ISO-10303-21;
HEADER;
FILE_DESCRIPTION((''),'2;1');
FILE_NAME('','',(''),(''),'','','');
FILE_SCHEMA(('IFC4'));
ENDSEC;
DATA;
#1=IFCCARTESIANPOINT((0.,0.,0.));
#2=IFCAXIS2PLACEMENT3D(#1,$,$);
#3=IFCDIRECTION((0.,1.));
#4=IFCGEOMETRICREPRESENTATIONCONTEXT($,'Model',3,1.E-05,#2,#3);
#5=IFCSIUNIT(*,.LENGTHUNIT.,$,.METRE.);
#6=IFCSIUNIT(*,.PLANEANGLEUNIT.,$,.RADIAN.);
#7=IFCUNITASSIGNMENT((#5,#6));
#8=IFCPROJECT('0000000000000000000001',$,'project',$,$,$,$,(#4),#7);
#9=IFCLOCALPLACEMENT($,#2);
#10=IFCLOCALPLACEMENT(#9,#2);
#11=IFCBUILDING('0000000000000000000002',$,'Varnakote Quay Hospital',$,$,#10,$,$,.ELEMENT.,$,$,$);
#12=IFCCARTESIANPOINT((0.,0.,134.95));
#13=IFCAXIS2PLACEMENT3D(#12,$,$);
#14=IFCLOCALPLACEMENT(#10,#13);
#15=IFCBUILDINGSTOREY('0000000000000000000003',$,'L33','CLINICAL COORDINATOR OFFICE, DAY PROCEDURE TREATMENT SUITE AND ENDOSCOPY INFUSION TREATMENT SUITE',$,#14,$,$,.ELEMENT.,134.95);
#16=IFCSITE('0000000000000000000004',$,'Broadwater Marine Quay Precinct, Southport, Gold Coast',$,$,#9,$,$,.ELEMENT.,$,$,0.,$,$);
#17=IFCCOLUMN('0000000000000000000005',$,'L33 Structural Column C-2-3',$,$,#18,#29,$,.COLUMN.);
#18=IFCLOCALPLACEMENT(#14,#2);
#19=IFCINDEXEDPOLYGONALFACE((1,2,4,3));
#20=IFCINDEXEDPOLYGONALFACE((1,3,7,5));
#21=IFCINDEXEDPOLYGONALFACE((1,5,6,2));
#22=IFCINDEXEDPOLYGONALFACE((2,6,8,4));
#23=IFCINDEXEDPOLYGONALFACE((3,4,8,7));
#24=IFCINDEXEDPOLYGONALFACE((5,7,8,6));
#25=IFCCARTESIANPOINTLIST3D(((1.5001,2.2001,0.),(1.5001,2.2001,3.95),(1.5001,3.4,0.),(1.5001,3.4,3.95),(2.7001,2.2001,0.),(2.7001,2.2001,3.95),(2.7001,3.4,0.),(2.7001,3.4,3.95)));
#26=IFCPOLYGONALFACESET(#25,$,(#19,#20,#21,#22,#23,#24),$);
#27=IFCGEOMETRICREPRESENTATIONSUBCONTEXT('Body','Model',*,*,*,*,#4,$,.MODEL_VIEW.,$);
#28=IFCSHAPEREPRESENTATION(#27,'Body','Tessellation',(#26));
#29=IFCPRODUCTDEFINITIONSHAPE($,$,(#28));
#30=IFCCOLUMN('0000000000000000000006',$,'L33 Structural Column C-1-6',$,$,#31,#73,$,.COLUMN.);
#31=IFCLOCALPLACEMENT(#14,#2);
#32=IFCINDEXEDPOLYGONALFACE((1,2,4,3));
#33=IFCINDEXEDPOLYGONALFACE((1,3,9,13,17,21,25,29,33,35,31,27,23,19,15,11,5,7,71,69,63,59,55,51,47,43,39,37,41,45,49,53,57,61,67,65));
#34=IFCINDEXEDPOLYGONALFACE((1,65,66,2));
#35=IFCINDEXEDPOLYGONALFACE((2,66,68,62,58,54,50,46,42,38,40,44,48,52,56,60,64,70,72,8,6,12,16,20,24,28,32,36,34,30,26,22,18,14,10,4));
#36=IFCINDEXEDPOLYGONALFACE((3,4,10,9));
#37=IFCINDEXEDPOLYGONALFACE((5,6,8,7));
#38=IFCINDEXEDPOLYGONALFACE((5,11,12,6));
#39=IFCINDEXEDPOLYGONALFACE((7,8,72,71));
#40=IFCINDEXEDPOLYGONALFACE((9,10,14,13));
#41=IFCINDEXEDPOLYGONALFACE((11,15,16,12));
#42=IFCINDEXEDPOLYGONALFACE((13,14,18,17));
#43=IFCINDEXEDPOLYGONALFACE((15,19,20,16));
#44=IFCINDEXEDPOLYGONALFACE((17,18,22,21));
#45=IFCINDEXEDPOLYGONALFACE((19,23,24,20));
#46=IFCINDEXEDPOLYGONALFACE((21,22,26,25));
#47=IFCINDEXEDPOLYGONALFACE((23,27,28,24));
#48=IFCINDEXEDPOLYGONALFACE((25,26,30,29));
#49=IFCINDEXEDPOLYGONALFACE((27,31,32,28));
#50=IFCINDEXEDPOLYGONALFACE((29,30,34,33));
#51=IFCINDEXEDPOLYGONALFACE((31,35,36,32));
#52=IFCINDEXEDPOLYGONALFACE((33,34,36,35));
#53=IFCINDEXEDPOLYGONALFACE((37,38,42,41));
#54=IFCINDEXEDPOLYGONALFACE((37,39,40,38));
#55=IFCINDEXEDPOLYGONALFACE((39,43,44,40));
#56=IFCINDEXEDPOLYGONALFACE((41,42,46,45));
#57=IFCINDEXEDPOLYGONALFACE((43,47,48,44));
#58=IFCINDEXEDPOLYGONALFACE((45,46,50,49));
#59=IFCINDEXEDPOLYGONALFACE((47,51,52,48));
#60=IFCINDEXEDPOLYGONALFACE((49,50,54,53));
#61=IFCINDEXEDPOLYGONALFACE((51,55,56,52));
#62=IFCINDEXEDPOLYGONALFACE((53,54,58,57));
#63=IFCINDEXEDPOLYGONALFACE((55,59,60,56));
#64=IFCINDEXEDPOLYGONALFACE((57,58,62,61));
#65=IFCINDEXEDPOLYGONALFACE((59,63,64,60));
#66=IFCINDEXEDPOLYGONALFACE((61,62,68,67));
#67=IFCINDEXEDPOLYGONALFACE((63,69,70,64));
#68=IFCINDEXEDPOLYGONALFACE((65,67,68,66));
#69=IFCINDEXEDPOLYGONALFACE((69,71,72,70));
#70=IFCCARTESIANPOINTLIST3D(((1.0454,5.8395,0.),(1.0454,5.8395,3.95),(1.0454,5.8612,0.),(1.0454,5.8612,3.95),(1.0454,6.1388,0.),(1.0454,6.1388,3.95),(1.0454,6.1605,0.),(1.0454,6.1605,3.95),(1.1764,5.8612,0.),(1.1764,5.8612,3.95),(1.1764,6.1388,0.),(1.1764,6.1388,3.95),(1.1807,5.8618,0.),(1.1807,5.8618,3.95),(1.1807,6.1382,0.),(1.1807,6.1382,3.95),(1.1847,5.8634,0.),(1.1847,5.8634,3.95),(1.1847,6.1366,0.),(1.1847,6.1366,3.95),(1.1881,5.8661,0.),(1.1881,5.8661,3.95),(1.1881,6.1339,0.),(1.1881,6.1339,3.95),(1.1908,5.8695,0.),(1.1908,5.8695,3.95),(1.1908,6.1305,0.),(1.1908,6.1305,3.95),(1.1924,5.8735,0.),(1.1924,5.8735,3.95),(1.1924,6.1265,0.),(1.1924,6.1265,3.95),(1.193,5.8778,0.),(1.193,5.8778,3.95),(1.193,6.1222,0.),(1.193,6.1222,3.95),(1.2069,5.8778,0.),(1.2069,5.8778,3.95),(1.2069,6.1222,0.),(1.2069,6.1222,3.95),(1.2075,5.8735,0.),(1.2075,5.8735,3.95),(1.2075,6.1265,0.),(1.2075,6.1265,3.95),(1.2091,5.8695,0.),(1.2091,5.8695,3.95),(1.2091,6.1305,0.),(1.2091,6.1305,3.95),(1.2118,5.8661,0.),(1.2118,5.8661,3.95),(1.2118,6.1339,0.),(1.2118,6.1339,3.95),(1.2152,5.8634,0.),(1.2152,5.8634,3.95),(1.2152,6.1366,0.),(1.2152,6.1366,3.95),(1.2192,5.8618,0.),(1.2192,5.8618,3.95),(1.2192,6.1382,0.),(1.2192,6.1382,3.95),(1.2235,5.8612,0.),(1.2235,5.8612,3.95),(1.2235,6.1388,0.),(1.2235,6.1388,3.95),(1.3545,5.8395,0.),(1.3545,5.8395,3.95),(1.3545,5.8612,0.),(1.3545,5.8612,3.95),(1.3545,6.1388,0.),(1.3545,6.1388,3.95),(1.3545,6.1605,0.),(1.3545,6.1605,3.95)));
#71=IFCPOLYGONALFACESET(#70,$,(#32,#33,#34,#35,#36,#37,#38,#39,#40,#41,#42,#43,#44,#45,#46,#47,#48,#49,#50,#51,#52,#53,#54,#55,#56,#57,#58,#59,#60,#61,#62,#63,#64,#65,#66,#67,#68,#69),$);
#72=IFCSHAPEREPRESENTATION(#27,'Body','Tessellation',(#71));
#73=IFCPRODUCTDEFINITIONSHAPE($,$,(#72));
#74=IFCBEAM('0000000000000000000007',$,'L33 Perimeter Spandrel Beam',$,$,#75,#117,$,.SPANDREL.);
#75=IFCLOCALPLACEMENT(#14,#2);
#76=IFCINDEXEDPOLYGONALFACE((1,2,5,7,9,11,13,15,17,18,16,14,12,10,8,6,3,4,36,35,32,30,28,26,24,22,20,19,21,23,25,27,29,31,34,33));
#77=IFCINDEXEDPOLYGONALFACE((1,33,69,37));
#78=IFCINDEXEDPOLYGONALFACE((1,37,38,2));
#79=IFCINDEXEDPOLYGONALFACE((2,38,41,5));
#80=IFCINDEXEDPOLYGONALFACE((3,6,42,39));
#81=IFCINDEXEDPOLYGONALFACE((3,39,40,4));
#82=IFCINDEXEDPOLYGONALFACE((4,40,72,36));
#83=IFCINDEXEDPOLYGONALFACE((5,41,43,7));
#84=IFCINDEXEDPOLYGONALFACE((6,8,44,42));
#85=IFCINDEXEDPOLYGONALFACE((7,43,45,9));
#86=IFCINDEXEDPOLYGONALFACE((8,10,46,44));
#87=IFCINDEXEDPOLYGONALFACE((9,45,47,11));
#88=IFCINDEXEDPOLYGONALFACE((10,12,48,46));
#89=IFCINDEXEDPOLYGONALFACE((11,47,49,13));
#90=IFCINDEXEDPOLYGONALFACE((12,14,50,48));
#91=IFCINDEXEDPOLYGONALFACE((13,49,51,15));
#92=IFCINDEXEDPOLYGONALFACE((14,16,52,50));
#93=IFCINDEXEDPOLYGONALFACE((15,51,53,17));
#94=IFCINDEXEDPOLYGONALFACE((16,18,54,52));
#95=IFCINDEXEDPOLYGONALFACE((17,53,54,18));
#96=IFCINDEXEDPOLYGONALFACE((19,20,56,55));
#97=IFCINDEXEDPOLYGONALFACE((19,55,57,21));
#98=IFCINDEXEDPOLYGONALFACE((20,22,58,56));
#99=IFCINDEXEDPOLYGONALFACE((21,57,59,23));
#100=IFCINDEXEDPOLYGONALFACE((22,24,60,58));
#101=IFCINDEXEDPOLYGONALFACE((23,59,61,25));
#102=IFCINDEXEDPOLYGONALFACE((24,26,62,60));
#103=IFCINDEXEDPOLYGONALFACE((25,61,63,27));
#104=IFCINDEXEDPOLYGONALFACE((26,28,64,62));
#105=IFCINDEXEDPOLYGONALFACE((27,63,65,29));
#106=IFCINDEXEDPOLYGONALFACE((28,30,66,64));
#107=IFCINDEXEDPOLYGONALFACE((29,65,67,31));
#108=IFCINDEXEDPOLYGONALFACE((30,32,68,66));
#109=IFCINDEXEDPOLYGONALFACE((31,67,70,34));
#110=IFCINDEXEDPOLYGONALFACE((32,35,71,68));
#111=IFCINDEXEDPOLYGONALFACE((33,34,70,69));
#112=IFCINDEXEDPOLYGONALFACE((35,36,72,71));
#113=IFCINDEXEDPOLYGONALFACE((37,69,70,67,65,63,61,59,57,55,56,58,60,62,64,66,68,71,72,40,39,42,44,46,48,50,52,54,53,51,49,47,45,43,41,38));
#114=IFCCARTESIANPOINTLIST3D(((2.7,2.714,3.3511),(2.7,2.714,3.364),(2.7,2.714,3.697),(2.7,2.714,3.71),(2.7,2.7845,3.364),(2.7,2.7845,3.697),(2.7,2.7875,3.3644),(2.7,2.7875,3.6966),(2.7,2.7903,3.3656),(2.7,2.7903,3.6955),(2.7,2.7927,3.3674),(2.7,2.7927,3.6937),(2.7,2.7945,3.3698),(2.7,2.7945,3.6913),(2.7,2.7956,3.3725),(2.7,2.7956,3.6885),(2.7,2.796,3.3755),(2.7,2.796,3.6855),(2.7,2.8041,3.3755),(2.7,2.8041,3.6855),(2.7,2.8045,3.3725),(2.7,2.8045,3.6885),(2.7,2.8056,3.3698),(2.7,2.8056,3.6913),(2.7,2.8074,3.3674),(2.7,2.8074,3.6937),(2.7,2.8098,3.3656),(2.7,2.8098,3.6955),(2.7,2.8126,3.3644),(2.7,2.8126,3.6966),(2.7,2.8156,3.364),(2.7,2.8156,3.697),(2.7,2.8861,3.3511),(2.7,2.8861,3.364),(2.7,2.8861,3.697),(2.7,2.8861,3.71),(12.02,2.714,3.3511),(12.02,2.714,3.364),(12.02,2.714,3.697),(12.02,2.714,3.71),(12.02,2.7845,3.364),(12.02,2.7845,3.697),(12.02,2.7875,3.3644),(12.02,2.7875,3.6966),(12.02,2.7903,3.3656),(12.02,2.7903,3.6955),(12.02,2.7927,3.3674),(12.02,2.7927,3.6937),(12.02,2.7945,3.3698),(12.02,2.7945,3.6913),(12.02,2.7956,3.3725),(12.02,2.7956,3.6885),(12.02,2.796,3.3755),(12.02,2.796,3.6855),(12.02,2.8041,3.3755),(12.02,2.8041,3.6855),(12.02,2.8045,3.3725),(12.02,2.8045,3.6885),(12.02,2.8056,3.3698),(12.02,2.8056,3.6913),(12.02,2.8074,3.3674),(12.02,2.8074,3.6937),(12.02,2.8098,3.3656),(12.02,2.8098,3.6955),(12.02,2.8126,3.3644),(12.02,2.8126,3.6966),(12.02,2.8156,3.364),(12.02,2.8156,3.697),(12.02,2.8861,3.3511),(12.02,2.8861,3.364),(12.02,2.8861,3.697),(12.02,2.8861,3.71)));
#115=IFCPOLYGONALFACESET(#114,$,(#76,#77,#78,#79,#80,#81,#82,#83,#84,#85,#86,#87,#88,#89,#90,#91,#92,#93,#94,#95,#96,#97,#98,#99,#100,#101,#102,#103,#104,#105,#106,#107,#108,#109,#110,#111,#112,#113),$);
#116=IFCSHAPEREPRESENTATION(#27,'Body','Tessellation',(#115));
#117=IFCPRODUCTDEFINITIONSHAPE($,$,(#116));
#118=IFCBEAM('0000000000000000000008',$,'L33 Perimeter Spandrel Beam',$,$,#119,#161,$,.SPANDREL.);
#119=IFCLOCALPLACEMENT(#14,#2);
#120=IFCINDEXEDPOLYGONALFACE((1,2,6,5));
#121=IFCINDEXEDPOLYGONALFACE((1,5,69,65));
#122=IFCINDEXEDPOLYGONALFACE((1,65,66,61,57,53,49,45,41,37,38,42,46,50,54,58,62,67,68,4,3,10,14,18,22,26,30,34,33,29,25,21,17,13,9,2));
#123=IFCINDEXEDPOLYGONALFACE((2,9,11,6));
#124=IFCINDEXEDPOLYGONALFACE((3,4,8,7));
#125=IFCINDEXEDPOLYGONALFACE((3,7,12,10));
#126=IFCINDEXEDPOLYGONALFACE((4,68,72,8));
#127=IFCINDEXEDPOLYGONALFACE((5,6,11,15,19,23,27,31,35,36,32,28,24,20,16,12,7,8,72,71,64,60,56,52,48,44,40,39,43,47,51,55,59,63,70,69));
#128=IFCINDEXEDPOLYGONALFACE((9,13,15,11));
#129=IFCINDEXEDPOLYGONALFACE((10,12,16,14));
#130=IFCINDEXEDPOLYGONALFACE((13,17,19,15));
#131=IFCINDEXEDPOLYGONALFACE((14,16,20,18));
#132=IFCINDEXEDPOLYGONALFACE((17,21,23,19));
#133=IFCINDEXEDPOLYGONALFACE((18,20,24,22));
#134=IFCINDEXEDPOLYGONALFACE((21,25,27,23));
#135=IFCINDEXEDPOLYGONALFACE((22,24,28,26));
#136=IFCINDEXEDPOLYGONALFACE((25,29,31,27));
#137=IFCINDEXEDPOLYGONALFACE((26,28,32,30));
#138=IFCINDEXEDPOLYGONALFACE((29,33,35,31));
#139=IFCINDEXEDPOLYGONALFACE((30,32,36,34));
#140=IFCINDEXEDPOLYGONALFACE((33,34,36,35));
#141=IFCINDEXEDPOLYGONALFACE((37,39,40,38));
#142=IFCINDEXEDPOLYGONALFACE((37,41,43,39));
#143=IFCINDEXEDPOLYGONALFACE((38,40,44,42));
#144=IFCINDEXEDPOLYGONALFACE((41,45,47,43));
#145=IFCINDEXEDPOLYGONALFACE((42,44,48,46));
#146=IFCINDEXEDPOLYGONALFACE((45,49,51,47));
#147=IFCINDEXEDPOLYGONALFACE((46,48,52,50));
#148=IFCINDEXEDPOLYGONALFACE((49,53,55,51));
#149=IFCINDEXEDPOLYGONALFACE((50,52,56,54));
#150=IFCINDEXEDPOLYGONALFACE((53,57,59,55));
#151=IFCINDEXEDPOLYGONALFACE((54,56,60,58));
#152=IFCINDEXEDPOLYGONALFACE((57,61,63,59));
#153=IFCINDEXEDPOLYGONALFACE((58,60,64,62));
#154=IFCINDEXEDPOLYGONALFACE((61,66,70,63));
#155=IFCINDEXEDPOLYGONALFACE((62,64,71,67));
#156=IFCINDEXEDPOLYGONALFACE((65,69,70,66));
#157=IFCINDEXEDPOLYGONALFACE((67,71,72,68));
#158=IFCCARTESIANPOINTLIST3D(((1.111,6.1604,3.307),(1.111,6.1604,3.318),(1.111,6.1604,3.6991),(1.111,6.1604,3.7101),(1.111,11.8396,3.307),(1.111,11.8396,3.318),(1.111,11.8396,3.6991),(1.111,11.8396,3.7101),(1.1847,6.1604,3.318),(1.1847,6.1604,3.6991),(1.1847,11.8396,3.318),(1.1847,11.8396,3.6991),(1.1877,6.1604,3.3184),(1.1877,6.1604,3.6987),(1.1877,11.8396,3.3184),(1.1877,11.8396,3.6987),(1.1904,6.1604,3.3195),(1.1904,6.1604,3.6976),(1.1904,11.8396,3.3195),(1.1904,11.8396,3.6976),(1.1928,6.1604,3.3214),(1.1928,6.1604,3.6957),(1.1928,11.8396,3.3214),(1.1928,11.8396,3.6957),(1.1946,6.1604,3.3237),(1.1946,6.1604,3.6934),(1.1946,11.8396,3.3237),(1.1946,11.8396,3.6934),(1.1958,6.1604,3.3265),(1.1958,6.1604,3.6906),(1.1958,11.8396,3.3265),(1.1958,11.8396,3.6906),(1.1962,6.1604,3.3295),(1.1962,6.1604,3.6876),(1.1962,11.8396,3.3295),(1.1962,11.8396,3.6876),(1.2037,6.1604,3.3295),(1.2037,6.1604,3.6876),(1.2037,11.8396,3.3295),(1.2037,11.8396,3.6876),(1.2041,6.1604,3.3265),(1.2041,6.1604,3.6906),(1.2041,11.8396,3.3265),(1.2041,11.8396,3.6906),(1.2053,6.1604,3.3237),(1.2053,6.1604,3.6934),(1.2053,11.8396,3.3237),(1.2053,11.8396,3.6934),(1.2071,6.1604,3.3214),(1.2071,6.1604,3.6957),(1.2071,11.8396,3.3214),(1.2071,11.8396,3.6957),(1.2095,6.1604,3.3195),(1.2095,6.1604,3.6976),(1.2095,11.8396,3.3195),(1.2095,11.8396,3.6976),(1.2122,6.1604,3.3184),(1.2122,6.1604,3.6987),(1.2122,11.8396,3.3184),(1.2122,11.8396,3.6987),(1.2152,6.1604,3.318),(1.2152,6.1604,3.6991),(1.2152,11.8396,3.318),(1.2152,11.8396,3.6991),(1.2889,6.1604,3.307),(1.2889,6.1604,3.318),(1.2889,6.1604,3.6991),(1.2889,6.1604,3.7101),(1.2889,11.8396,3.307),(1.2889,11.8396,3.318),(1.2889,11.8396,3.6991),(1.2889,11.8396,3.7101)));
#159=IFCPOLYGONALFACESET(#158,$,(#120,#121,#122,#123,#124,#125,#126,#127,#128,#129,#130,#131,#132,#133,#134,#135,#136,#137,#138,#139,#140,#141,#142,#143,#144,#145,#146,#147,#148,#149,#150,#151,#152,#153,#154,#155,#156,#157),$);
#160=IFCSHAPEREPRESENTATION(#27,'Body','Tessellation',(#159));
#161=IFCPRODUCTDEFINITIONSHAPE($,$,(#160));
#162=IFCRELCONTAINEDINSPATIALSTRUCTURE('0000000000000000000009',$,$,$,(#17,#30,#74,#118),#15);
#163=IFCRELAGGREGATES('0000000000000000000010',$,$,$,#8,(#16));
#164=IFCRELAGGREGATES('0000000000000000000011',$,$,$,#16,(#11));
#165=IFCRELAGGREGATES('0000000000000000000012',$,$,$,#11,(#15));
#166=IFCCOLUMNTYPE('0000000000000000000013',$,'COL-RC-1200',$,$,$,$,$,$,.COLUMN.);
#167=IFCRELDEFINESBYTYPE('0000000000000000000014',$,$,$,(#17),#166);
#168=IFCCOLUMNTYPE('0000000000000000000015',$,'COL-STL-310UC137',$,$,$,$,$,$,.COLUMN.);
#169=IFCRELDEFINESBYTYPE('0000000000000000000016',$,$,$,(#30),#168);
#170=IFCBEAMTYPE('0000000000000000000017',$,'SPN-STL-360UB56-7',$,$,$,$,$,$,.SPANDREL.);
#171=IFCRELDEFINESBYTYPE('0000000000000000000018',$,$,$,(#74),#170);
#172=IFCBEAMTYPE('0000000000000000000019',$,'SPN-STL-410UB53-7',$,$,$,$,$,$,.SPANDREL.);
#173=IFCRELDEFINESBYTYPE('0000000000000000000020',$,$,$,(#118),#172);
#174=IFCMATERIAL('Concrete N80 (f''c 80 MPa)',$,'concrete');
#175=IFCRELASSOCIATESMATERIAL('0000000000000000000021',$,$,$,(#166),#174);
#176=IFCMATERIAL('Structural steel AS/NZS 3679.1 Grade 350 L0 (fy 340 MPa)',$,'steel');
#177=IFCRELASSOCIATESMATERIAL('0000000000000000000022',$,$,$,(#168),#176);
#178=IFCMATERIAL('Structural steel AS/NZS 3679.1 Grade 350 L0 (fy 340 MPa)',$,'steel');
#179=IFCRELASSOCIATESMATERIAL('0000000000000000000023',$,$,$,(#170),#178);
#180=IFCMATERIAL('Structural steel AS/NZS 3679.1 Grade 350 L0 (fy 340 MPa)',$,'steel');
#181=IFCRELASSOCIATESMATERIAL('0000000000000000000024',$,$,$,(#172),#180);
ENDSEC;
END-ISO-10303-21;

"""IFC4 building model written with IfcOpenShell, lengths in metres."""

from ifc_helpers import new_model, si_unit, direction, frame, origin, origin_2d, place, context, subcontext, project, spatial, rectangle, i_section, extrude, material, material_profile, profile_set, type_object, element, save


model = new_model("IFC4")

# Units and contexts
model_context = context("Model", 3, precision=1e-05, world=origin(), true_north=direction((0.0, 1.0)))
body_context = subcontext(model_context, "Body", "Model", "MODEL_VIEW")
ifc_project = project(units=[si_unit("LENGTHUNIT", "METRE"), si_unit("PLANEANGLEUNIT", "RADIAN")], contexts=[model_context])

# Site, building, storey
site_placement = place(None, origin())
site = spatial("IfcSite", under=ifc_project, at=site_placement, Name="Broadwater Marine Quay Precinct, Southport, Gold Coast", CompositionType="ELEMENT", RefElevation=0.0)
building_placement = place(site_placement, origin())
building = spatial("IfcBuilding", under=site, at=building_placement, Name="Varnakote Quay Hospital", CompositionType="ELEMENT")
storey_placement = place(building_placement, frame((0.0, 0.0, 134.95)))
storey = spatial("IfcBuildingStorey", under=building, at=storey_placement, Name="L33", Description="CLINICAL COORDINATOR OFFICE, DAY PROCEDURE TREATMENT SUITE AND ENDOSCOPY INFUSION TREATMENT SUITE", CompositionType="ELEMENT", Elevation=134.95)

# Columns
ifc_material_1 = material(Name="Concrete N80 (f'c 80 MPa)", Category="concrete")
ifc_material_profile_1 = material_profile(ifc_material_1, rectangle(XDim=1.2, YDim=1.2, at=origin_2d()), Name="RC-COL-1200x1200")
ifc_profile_set_1 = profile_set([ifc_material_profile_1], Name="Concrete N80 (f'c 80 MPa)")
column_type_1 = type_object("IfcColumnType", Name="COL-RC-1200", PredefinedType="COLUMN", material=ifc_profile_set_1)
column_1_placement = place(storey_placement, frame((2.1001, 2.8, 0.0), z_axis=(0.0, 0.0, 1.0), x_axis=(1.0, 0.0, 0.0)))
element("IfcColumn", 1, at=column_1_placement, inside=storey, type_object=column_type_1, Name="L33 Structural Column C-2-3", PredefinedType="COLUMN", context=body_context, shape_type="SweptSolid", body=[
    extrude(rectangle(XDim=1.2, YDim=1.2, at=origin_2d()), origin(), (0.0, 0.0, 1.0), 3.95),
])
ifc_material_2 = material(Name="Structural steel AS/NZS 3679.1 Grade 350 L0 (fy 340 MPa)", Category="steel")
ifc_material_profile_2 = material_profile(ifc_material_2, i_section(OverallWidth=0.3091, OverallDepth=0.321, WebThickness=0.0139, FlangeThickness=0.0217, FilletRadius=0.0166, at=origin_2d()), Name="310UC137")
ifc_profile_set_2 = profile_set([ifc_material_profile_2], Name="Structural steel AS/NZS 3679.1 Grade 350 L0 (fy 340 MPa)")
column_type_2 = type_object("IfcColumnType", Name="COL-STL-310UC137", PredefinedType="COLUMN", material=ifc_profile_set_2)
column_2_placement = place(storey_placement, frame((1.2, 6.0, 0.0), z_axis=(0.0, 0.0, 1.0), x_axis=(1.0, 0.0, 0.0)))
element("IfcColumn", 2, at=column_2_placement, inside=storey, type_object=column_type_2, Name="L33 Structural Column C-1-6", PredefinedType="COLUMN", context=body_context, shape_type="SweptSolid", body=[
    extrude(i_section(OverallWidth=0.3091, OverallDepth=0.321, WebThickness=0.0139, FlangeThickness=0.0217, FilletRadius=0.0166, at=origin_2d()), origin(), (0.0, 0.0, 1.0), 3.95),
])

# Beams
ifc_material_3 = material(Name="Structural steel AS/NZS 3679.1 Grade 350 L0 (fy 340 MPa)", Category="steel")
ifc_material_profile_3 = material_profile(ifc_material_3, i_section(OverallWidth=0.1721, OverallDepth=0.3589, WebThickness=0.0081, FlangeThickness=0.0129, FilletRadius=0.0115, at=origin_2d()), Name="360UB56.7")
ifc_profile_set_3 = profile_set([ifc_material_profile_3], Name="Structural steel AS/NZS 3679.1 Grade 350 L0 (fy 340 MPa)")
beam_type_1 = type_object("IfcBeamType", Name="SPN-STL-360UB56-7", PredefinedType="SPANDREL", material=ifc_profile_set_3)
beam_1_placement = place(storey_placement, frame((2.7, 2.8, 3.5305), z_axis=(1.0, 0.0, 0.0), x_axis=(0.0, 1.0, 0.0)))
element("IfcBeam", 3, at=beam_1_placement, inside=storey, type_object=beam_type_1, Name="L33 Perimeter Spandrel Beam", PredefinedType="SPANDREL", context=body_context, shape_type="SweptSolid", body=[
    extrude(i_section(OverallWidth=0.1721, OverallDepth=0.3589, WebThickness=0.0081, FlangeThickness=0.0129, FilletRadius=0.0115, at=origin_2d()), origin(), (0.0, 0.0, 1.0), 9.3201),
])
ifc_material_4 = material(Name="Structural steel AS/NZS 3679.1 Grade 350 L0 (fy 340 MPa)", Category="steel")
ifc_material_profile_4 = material_profile(ifc_material_4, i_section(OverallWidth=0.178, OverallDepth=0.4031, WebThickness=0.0076, FlangeThickness=0.011, FilletRadius=0.0115, at=origin_2d()), Name="410UB53.7")
ifc_profile_set_4 = profile_set([ifc_material_profile_4], Name="Structural steel AS/NZS 3679.1 Grade 350 L0 (fy 340 MPa)")
beam_type_2 = type_object("IfcBeamType", Name="SPN-STL-410UB53-7", PredefinedType="SPANDREL", material=ifc_profile_set_4)
beam_2_placement = place(storey_placement, frame((1.2, 6.1604, 3.5085), z_axis=(0.0, 1.0, 0.0), x_axis=(-1.0, 0.0, 0.0)))
element("IfcBeam", 4, at=beam_2_placement, inside=storey, type_object=beam_type_2, Name="L33 Perimeter Spandrel Beam", PredefinedType="SPANDREL", context=body_context, shape_type="SweptSolid", body=[
    extrude(i_section(OverallWidth=0.178, OverallDepth=0.4031, WebThickness=0.0076, FlangeThickness=0.011, FilletRadius=0.0115, at=origin_2d()), origin(), (0.0, 0.0, 1.0), 5.6792),
])

save(model, "model.ifc")
